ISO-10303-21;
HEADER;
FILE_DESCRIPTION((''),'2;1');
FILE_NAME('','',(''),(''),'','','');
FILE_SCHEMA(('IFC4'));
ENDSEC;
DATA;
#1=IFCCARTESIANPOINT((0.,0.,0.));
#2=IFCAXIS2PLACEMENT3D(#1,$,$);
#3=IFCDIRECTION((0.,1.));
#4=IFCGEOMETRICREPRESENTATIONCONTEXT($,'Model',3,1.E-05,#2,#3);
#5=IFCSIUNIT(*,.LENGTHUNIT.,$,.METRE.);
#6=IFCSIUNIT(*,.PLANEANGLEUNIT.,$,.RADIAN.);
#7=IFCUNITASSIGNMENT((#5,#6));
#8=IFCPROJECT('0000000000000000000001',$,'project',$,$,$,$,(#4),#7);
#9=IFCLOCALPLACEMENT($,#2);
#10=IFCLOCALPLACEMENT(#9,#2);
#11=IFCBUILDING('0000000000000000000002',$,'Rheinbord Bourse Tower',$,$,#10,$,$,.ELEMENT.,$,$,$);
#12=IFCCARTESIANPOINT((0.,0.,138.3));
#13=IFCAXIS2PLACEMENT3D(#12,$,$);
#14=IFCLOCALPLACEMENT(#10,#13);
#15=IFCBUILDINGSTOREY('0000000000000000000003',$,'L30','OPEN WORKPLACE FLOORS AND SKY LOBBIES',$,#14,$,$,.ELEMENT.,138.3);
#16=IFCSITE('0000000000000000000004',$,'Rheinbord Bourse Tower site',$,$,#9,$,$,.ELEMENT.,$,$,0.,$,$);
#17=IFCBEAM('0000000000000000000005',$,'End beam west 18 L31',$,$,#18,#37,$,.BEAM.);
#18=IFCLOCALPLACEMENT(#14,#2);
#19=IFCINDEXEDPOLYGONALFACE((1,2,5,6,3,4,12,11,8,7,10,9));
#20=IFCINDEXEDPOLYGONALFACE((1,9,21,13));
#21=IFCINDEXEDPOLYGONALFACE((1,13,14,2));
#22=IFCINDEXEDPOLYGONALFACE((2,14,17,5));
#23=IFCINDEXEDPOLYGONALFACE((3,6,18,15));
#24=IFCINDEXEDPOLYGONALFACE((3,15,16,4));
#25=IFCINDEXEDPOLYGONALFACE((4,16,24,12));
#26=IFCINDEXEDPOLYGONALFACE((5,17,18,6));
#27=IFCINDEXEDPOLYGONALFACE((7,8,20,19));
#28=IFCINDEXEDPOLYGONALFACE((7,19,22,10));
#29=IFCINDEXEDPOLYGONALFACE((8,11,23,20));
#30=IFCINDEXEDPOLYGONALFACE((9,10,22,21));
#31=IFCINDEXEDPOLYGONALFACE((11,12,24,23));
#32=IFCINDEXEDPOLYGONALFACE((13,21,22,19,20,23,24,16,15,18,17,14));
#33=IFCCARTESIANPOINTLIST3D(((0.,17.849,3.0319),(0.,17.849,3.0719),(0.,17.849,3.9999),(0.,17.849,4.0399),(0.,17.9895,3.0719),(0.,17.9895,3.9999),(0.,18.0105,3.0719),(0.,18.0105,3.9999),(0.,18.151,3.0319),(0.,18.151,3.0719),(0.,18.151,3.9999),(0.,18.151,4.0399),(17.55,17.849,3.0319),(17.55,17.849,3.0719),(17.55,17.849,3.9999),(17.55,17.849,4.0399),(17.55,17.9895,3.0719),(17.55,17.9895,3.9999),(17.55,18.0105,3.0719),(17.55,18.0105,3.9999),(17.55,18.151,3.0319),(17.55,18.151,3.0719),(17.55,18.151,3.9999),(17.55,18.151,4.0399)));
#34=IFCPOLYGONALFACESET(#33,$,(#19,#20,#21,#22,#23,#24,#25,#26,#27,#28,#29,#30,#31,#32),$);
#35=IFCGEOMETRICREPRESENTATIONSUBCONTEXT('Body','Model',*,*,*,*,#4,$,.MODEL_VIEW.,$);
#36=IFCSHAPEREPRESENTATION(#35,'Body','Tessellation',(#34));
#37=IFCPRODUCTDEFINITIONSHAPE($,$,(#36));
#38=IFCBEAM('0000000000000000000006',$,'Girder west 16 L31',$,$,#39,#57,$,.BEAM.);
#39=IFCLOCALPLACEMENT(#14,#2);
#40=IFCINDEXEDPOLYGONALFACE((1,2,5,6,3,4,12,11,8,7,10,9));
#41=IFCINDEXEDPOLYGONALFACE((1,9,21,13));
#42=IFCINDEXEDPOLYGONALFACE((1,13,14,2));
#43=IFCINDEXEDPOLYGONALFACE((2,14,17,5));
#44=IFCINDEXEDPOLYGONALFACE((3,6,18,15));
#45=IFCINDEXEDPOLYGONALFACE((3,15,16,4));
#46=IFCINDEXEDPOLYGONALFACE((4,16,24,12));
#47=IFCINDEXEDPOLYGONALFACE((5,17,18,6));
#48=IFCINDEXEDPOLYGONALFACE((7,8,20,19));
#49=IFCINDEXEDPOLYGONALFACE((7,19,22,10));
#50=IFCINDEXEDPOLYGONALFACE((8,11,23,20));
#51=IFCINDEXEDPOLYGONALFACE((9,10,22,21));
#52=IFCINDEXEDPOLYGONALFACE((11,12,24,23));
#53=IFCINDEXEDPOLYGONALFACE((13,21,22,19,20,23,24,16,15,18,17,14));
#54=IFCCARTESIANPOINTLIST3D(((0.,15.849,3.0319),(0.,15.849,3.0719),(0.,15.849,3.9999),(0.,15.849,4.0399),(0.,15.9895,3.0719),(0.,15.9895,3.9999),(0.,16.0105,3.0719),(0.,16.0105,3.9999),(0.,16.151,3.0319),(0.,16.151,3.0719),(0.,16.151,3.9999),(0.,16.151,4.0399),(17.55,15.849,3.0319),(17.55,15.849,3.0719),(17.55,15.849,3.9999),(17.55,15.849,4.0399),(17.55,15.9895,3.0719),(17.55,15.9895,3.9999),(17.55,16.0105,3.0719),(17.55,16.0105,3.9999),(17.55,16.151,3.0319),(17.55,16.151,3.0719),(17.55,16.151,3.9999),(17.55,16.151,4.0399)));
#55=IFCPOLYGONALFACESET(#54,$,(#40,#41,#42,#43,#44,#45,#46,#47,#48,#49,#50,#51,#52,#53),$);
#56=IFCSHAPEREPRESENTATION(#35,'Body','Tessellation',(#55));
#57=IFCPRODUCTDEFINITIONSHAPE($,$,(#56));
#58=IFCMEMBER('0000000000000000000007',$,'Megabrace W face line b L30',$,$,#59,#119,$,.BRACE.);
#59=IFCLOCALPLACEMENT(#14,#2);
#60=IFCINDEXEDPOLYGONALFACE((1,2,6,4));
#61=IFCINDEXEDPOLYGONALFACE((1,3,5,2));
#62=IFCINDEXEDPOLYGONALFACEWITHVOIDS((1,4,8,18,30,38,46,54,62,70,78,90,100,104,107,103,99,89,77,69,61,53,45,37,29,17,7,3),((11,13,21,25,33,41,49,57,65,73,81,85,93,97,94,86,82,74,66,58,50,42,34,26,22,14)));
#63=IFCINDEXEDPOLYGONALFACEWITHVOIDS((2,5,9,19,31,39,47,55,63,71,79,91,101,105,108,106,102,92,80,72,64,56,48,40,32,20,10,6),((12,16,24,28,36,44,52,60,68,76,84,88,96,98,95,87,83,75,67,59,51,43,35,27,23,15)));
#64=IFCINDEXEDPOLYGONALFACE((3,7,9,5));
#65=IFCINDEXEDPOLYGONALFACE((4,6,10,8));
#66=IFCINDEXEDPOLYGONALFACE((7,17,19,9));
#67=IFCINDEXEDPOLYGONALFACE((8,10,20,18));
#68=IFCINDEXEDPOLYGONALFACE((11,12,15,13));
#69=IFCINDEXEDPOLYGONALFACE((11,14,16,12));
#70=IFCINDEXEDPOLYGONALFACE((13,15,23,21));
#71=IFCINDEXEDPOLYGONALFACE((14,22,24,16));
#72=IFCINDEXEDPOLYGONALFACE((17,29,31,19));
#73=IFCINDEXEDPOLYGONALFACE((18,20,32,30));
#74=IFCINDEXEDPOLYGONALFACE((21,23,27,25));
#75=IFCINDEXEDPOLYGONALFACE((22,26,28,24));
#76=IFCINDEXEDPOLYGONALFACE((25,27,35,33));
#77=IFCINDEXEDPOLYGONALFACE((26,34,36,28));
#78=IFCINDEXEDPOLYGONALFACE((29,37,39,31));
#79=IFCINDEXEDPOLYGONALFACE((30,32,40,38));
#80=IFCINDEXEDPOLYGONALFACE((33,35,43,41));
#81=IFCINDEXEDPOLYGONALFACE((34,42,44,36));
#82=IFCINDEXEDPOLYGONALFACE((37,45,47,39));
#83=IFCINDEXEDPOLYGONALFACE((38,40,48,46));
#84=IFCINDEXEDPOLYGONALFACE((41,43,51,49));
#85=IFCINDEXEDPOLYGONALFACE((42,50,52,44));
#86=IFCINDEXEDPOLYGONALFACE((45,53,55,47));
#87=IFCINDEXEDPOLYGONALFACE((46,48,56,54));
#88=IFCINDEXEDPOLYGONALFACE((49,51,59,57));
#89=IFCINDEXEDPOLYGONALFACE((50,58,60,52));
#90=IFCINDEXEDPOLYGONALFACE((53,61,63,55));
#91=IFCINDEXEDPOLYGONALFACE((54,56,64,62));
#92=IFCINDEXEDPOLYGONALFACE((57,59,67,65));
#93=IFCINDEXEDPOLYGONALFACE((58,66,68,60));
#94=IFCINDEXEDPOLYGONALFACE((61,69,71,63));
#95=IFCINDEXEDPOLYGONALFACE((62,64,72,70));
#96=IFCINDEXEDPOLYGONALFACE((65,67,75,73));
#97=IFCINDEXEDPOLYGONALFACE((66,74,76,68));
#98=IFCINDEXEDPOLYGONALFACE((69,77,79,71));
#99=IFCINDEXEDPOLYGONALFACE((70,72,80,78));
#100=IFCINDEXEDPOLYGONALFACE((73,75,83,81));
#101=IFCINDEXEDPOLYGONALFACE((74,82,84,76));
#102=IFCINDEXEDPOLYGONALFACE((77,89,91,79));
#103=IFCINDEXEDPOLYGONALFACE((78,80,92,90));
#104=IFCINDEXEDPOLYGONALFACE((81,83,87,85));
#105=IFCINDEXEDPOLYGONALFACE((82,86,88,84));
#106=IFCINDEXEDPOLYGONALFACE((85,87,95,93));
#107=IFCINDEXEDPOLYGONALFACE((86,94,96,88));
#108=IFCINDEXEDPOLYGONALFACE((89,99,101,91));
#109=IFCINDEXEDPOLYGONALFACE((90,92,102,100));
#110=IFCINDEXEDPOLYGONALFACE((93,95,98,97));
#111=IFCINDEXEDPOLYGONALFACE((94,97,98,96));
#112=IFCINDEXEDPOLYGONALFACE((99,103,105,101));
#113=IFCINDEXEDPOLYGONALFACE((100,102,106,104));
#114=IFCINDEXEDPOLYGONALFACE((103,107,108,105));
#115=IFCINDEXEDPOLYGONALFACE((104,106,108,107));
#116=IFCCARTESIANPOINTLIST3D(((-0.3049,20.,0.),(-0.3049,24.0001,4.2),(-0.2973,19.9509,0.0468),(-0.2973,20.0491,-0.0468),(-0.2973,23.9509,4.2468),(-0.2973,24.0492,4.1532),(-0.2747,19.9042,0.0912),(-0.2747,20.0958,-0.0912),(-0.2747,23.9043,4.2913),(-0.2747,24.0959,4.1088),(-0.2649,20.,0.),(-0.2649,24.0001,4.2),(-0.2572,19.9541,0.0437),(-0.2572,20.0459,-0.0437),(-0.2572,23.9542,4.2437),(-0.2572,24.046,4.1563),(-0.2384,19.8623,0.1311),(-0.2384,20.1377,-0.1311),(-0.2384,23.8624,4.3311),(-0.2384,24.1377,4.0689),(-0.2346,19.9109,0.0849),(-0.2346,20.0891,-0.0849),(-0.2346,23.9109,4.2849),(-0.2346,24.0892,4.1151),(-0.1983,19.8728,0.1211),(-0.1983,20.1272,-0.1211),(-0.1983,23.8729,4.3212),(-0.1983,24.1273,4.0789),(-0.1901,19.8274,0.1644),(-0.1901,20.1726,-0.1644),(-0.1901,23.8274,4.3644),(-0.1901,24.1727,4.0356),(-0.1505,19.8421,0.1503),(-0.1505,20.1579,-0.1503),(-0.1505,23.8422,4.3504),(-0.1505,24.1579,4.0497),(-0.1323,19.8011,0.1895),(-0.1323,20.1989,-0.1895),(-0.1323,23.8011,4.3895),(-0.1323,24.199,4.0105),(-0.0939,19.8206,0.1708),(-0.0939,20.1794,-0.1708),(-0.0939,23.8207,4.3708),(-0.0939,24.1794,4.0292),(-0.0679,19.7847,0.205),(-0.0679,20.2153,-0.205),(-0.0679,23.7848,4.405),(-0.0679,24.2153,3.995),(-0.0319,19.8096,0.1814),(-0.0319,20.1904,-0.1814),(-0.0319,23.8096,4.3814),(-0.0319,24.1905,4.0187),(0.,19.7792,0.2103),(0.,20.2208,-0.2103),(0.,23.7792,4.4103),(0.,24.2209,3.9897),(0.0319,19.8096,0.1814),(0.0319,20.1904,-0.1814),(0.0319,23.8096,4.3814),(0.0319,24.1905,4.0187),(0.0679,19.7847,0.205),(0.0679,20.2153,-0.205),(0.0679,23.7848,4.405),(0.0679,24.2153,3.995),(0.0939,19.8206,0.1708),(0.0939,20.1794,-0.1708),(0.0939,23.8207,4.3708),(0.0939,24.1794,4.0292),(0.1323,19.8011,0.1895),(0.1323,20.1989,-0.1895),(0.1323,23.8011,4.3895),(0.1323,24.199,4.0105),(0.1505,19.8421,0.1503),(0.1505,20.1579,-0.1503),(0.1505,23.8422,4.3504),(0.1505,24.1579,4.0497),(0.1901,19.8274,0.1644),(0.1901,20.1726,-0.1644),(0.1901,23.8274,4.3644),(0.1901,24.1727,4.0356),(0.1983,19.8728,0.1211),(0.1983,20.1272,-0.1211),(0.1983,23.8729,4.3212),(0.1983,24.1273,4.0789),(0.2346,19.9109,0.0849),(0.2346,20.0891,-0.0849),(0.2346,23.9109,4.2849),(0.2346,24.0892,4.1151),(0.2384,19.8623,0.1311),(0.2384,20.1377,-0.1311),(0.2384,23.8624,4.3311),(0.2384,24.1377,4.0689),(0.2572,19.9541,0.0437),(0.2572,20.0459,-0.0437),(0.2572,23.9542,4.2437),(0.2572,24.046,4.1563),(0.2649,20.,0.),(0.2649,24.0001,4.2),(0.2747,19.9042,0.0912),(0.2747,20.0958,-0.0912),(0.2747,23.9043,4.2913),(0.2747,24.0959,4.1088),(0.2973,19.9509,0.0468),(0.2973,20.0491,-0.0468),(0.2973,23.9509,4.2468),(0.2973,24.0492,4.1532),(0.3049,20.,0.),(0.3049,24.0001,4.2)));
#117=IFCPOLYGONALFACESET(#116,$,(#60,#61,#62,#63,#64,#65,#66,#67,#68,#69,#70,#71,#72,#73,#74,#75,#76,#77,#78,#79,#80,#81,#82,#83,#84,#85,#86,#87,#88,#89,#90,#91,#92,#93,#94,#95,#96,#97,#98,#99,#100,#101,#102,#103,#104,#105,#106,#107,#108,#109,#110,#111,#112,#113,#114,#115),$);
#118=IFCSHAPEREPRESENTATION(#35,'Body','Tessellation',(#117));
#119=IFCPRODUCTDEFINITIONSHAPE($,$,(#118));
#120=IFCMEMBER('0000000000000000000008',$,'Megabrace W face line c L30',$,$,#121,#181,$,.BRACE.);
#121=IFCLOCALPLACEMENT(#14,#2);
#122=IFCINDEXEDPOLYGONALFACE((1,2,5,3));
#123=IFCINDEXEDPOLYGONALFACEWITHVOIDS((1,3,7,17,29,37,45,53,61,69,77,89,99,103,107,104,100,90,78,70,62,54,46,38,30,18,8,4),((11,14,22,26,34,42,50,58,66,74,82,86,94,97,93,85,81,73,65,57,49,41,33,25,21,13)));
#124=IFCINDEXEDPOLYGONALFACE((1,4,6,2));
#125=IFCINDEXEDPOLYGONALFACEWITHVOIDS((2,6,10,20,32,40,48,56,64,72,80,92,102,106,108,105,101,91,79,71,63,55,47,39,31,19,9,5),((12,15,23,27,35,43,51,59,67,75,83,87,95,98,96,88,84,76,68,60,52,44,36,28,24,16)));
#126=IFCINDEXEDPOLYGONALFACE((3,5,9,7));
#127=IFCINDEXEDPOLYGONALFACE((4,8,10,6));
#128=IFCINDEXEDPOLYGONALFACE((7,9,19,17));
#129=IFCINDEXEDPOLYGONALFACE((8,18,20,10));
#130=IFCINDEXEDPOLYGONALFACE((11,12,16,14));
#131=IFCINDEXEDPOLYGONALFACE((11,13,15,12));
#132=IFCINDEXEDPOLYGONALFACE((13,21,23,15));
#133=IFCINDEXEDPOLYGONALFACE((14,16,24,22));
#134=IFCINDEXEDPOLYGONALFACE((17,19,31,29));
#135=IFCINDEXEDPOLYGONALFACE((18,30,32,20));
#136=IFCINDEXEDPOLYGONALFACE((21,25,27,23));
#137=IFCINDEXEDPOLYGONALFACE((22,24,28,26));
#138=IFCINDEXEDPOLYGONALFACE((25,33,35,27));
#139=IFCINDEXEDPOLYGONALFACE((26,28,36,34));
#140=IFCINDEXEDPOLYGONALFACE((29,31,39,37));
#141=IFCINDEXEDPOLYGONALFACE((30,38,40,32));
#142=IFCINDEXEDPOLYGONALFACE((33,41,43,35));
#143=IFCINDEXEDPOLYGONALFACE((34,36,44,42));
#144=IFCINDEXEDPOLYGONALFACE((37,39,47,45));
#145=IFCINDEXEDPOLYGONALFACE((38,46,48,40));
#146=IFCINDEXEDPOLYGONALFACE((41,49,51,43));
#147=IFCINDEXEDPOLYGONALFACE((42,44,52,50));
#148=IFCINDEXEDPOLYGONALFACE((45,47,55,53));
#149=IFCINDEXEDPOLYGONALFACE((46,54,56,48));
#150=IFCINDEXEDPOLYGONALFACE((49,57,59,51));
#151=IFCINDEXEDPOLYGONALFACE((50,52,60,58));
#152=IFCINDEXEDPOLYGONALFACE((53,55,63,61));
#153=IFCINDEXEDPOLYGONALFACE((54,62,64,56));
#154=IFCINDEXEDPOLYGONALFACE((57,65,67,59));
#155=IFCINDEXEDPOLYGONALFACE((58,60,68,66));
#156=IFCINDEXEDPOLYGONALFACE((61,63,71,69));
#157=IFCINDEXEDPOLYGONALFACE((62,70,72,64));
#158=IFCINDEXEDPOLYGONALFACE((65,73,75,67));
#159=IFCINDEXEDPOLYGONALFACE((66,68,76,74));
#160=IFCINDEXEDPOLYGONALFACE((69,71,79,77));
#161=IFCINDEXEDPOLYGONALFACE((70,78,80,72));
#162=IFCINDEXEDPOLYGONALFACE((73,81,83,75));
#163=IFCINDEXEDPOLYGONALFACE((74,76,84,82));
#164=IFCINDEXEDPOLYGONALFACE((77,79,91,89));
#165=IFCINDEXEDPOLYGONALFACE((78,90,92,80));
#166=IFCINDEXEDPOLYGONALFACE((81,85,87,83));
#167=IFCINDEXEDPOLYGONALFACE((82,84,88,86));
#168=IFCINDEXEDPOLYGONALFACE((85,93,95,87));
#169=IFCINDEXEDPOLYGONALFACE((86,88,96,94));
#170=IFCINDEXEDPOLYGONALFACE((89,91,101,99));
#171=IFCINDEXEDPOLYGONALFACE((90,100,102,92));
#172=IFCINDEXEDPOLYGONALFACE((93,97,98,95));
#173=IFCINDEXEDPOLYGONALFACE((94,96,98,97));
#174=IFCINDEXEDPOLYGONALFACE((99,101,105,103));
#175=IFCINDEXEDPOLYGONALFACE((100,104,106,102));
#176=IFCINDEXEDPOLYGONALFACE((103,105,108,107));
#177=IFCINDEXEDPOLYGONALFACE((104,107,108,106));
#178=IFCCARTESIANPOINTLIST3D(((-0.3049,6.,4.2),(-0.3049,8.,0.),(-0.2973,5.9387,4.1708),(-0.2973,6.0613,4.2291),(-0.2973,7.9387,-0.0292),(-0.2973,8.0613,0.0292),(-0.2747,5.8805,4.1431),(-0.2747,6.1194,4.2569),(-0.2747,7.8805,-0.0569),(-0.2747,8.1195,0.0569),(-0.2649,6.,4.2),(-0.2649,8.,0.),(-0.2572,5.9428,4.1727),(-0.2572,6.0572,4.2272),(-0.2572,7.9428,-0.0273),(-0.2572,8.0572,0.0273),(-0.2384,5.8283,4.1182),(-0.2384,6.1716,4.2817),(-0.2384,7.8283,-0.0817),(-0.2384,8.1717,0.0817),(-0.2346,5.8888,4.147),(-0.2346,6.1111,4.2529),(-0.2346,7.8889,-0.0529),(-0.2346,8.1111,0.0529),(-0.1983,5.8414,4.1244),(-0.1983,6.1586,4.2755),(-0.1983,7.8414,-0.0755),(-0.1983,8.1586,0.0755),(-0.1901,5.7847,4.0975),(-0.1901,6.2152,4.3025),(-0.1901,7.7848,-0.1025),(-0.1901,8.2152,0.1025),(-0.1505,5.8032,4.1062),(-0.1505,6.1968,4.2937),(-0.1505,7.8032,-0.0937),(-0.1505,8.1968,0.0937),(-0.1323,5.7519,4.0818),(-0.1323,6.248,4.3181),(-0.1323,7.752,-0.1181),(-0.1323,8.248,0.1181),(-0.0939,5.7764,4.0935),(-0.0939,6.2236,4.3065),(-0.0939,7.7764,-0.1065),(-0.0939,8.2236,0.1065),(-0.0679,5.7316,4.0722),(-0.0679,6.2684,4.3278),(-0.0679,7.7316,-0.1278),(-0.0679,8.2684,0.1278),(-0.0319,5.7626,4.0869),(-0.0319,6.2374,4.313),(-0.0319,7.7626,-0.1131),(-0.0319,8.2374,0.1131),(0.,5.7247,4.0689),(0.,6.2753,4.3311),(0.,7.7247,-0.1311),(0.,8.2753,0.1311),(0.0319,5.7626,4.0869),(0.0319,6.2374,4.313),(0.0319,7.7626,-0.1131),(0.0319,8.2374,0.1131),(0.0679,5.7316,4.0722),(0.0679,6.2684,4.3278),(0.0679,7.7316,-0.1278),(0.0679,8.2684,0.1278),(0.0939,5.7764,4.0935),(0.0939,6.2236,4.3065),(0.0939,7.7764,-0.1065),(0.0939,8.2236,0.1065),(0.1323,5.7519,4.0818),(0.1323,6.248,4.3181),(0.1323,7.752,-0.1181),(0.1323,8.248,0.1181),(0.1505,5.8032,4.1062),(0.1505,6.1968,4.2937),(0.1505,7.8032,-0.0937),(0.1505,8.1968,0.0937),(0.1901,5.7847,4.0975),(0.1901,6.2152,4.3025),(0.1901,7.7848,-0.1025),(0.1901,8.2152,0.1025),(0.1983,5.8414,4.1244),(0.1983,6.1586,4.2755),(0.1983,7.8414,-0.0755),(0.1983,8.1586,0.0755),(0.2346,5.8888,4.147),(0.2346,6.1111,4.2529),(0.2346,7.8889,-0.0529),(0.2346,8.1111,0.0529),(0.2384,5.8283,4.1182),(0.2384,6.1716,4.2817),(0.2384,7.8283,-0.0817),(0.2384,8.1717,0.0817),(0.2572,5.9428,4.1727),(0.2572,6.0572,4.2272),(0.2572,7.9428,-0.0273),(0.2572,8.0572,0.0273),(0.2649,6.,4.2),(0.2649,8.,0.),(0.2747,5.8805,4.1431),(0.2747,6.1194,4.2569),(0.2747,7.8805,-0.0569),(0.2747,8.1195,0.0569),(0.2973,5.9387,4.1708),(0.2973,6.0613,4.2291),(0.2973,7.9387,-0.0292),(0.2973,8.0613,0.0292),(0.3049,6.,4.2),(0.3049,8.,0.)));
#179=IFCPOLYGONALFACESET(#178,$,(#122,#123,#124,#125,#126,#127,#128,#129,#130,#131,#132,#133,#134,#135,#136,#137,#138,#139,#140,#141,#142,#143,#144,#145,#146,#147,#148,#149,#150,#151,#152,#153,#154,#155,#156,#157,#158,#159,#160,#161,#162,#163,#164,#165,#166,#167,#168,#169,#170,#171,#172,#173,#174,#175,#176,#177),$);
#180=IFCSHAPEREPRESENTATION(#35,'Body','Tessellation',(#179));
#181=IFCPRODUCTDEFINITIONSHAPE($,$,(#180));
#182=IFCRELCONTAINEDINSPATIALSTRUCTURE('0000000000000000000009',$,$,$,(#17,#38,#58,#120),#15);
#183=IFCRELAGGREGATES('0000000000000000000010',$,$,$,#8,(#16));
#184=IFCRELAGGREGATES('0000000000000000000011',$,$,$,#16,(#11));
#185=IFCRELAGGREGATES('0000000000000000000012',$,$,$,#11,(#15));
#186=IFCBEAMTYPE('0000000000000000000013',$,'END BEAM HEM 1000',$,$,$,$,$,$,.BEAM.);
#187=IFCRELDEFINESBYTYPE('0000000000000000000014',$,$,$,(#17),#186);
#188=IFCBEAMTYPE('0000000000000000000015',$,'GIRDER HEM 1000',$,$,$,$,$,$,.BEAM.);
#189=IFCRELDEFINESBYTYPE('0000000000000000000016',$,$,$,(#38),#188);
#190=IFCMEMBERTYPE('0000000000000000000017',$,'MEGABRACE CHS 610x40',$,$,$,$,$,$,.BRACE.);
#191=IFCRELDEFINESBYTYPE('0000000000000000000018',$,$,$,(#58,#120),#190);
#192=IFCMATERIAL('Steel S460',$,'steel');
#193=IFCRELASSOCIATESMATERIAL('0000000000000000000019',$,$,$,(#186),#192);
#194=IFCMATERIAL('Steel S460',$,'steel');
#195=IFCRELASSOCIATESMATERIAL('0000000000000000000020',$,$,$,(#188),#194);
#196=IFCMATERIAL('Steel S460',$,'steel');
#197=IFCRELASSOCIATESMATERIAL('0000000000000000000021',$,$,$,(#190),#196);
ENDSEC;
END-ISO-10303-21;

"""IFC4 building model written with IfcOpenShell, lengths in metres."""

from ifc_helpers import new_model, si_unit, direction, frame, origin, origin_2d, place, context, subcontext, project, spatial, hollow_circle, i_section, extrude, material, material_profile, profile_set, type_object, element, save


model = new_model("IFC4")

# Units and contexts
model_context = context("Model", 3, precision=1e-05, world=origin(), true_north=direction((0.0, 1.0)))
body_context = subcontext(model_context, "Body", "Model", "MODEL_VIEW")
ifc_project = project(units=[si_unit("LENGTHUNIT", "METRE"), si_unit("PLANEANGLEUNIT", "RADIAN")], contexts=[model_context])

# Site, building, storey
site_placement = place(None, origin())
site = spatial("IfcSite", under=ifc_project, at=site_placement, Name="Rheinbord Bourse Tower site", CompositionType="ELEMENT", RefElevation=0.0)
building_placement = place(site_placement, origin())
building = spatial("IfcBuilding", under=site, at=building_placement, Name="Rheinbord Bourse Tower", CompositionType="ELEMENT")
storey_placement = place(building_placement, frame((0.0, 0.0, 138.3)))
storey = spatial("IfcBuildingStorey", under=building, at=storey_placement, Name="L30", Description="OPEN WORKPLACE FLOORS AND SKY LOBBIES", CompositionType="ELEMENT", Elevation=138.3)

# Beams
ifc_material_1 = material(Name="Steel S460", Category="steel")
ifc_material_profile_1 = material_profile(ifc_material_1, i_section(OverallWidth=0.302, OverallDepth=1.0081, WebThickness=0.021, FlangeThickness=0.04, at=origin_2d()), Name="HEM 1000")
ifc_profile_set_1 = profile_set([ifc_material_profile_1], Name="Steel S460")
beam_type_1 = type_object("IfcBeamType", Name="END BEAM HEM 1000", PredefinedType="BEAM", material=ifc_profile_set_1)
beam_1_placement = place(storey_placement, frame((0.0, 18.0, 3.5359), z_axis=(1.0, 0.0, 0.0), x_axis=(0.0, 1.0, 0.0)))
element("IfcBeam", 1, at=beam_1_placement, inside=storey, type_object=beam_type_1, Name="End beam west 18 L31", PredefinedType="BEAM", context=body_context, shape_type="SweptSolid", body=[
    extrude(i_section(OverallWidth=0.302, OverallDepth=1.0081, WebThickness=0.021, FlangeThickness=0.04, at=origin_2d()), origin(), (0.0, 0.0, 1.0), 17.55),
])
ifc_material_2 = material(Name="Steel S460", Category="steel")
ifc_material_profile_2 = material_profile(ifc_material_2, i_section(OverallWidth=0.302, OverallDepth=1.0081, WebThickness=0.021, FlangeThickness=0.04, at=origin_2d()), Name="HEM 1000")
ifc_profile_set_2 = profile_set([ifc_material_profile_2], Name="Steel S460")
beam_type_2 = type_object("IfcBeamType", Name="GIRDER HEM 1000", PredefinedType="BEAM", material=ifc_profile_set_2)
beam_2_placement = place(storey_placement, frame((0.0, 16.0, 3.5359), z_axis=(1.0, 0.0, 0.0), x_axis=(0.0, 1.0, 0.0)))
element("IfcBeam", 2, at=beam_2_placement, inside=storey, type_object=beam_type_2, Name="Girder west 16 L31", PredefinedType="BEAM", context=body_context, shape_type="SweptSolid", body=[
    extrude(i_section(OverallWidth=0.302, OverallDepth=1.0081, WebThickness=0.021, FlangeThickness=0.04, at=origin_2d()), origin(), (0.0, 0.0, 1.0), 17.55),
])

# Members
ifc_material_3 = material(Name="Steel S460", Category="steel")
ifc_material_profile_3 = material_profile(ifc_material_3, hollow_circle(Radius=0.3049, WallThickness=0.04, at=origin_2d()), Name="CHS 610x40")
ifc_profile_set_3 = profile_set([ifc_material_profile_3], Name="Steel S460")
member_type_1 = type_object("IfcMemberType", Name="MEGABRACE CHS 610x40", PredefinedType="BRACE", material=ifc_profile_set_3)
member_1_placement = place(storey_placement, frame((0.0, 20.0, 0.0), z_axis=(0.0, 0.689659, 0.724134), x_axis=(-1.0, 0.0, 0.0)))
element("IfcMember", 3, at=member_1_placement, inside=storey, type_object=member_type_1, Name="Megabrace W face line b L30", PredefinedType="BRACE", context=body_context, shape_type="SweptSolid", body=[
    extrude(hollow_circle(Radius=0.3049, WallThickness=0.04, at=origin_2d()), origin(), (0.0, 0.0, 1.0), 5.8),
])
member_2_placement = place(storey_placement, frame((0.0, 8.0, 0.0), z_axis=(0.0, -0.429938, 0.902859), x_axis=(1.0, 0.0, 0.0)))
element("IfcMember", 4, at=member_2_placement, inside=storey, type_object=member_type_1, Name="Megabrace W face line c L30", PredefinedType="BRACE", context=body_context, shape_type="SweptSolid", body=[
    extrude(hollow_circle(Radius=0.3049, WallThickness=0.04, at=origin_2d()), origin(), (0.0, 0.0, 1.0), 4.6519),
])

save(model, "model.ifc")
